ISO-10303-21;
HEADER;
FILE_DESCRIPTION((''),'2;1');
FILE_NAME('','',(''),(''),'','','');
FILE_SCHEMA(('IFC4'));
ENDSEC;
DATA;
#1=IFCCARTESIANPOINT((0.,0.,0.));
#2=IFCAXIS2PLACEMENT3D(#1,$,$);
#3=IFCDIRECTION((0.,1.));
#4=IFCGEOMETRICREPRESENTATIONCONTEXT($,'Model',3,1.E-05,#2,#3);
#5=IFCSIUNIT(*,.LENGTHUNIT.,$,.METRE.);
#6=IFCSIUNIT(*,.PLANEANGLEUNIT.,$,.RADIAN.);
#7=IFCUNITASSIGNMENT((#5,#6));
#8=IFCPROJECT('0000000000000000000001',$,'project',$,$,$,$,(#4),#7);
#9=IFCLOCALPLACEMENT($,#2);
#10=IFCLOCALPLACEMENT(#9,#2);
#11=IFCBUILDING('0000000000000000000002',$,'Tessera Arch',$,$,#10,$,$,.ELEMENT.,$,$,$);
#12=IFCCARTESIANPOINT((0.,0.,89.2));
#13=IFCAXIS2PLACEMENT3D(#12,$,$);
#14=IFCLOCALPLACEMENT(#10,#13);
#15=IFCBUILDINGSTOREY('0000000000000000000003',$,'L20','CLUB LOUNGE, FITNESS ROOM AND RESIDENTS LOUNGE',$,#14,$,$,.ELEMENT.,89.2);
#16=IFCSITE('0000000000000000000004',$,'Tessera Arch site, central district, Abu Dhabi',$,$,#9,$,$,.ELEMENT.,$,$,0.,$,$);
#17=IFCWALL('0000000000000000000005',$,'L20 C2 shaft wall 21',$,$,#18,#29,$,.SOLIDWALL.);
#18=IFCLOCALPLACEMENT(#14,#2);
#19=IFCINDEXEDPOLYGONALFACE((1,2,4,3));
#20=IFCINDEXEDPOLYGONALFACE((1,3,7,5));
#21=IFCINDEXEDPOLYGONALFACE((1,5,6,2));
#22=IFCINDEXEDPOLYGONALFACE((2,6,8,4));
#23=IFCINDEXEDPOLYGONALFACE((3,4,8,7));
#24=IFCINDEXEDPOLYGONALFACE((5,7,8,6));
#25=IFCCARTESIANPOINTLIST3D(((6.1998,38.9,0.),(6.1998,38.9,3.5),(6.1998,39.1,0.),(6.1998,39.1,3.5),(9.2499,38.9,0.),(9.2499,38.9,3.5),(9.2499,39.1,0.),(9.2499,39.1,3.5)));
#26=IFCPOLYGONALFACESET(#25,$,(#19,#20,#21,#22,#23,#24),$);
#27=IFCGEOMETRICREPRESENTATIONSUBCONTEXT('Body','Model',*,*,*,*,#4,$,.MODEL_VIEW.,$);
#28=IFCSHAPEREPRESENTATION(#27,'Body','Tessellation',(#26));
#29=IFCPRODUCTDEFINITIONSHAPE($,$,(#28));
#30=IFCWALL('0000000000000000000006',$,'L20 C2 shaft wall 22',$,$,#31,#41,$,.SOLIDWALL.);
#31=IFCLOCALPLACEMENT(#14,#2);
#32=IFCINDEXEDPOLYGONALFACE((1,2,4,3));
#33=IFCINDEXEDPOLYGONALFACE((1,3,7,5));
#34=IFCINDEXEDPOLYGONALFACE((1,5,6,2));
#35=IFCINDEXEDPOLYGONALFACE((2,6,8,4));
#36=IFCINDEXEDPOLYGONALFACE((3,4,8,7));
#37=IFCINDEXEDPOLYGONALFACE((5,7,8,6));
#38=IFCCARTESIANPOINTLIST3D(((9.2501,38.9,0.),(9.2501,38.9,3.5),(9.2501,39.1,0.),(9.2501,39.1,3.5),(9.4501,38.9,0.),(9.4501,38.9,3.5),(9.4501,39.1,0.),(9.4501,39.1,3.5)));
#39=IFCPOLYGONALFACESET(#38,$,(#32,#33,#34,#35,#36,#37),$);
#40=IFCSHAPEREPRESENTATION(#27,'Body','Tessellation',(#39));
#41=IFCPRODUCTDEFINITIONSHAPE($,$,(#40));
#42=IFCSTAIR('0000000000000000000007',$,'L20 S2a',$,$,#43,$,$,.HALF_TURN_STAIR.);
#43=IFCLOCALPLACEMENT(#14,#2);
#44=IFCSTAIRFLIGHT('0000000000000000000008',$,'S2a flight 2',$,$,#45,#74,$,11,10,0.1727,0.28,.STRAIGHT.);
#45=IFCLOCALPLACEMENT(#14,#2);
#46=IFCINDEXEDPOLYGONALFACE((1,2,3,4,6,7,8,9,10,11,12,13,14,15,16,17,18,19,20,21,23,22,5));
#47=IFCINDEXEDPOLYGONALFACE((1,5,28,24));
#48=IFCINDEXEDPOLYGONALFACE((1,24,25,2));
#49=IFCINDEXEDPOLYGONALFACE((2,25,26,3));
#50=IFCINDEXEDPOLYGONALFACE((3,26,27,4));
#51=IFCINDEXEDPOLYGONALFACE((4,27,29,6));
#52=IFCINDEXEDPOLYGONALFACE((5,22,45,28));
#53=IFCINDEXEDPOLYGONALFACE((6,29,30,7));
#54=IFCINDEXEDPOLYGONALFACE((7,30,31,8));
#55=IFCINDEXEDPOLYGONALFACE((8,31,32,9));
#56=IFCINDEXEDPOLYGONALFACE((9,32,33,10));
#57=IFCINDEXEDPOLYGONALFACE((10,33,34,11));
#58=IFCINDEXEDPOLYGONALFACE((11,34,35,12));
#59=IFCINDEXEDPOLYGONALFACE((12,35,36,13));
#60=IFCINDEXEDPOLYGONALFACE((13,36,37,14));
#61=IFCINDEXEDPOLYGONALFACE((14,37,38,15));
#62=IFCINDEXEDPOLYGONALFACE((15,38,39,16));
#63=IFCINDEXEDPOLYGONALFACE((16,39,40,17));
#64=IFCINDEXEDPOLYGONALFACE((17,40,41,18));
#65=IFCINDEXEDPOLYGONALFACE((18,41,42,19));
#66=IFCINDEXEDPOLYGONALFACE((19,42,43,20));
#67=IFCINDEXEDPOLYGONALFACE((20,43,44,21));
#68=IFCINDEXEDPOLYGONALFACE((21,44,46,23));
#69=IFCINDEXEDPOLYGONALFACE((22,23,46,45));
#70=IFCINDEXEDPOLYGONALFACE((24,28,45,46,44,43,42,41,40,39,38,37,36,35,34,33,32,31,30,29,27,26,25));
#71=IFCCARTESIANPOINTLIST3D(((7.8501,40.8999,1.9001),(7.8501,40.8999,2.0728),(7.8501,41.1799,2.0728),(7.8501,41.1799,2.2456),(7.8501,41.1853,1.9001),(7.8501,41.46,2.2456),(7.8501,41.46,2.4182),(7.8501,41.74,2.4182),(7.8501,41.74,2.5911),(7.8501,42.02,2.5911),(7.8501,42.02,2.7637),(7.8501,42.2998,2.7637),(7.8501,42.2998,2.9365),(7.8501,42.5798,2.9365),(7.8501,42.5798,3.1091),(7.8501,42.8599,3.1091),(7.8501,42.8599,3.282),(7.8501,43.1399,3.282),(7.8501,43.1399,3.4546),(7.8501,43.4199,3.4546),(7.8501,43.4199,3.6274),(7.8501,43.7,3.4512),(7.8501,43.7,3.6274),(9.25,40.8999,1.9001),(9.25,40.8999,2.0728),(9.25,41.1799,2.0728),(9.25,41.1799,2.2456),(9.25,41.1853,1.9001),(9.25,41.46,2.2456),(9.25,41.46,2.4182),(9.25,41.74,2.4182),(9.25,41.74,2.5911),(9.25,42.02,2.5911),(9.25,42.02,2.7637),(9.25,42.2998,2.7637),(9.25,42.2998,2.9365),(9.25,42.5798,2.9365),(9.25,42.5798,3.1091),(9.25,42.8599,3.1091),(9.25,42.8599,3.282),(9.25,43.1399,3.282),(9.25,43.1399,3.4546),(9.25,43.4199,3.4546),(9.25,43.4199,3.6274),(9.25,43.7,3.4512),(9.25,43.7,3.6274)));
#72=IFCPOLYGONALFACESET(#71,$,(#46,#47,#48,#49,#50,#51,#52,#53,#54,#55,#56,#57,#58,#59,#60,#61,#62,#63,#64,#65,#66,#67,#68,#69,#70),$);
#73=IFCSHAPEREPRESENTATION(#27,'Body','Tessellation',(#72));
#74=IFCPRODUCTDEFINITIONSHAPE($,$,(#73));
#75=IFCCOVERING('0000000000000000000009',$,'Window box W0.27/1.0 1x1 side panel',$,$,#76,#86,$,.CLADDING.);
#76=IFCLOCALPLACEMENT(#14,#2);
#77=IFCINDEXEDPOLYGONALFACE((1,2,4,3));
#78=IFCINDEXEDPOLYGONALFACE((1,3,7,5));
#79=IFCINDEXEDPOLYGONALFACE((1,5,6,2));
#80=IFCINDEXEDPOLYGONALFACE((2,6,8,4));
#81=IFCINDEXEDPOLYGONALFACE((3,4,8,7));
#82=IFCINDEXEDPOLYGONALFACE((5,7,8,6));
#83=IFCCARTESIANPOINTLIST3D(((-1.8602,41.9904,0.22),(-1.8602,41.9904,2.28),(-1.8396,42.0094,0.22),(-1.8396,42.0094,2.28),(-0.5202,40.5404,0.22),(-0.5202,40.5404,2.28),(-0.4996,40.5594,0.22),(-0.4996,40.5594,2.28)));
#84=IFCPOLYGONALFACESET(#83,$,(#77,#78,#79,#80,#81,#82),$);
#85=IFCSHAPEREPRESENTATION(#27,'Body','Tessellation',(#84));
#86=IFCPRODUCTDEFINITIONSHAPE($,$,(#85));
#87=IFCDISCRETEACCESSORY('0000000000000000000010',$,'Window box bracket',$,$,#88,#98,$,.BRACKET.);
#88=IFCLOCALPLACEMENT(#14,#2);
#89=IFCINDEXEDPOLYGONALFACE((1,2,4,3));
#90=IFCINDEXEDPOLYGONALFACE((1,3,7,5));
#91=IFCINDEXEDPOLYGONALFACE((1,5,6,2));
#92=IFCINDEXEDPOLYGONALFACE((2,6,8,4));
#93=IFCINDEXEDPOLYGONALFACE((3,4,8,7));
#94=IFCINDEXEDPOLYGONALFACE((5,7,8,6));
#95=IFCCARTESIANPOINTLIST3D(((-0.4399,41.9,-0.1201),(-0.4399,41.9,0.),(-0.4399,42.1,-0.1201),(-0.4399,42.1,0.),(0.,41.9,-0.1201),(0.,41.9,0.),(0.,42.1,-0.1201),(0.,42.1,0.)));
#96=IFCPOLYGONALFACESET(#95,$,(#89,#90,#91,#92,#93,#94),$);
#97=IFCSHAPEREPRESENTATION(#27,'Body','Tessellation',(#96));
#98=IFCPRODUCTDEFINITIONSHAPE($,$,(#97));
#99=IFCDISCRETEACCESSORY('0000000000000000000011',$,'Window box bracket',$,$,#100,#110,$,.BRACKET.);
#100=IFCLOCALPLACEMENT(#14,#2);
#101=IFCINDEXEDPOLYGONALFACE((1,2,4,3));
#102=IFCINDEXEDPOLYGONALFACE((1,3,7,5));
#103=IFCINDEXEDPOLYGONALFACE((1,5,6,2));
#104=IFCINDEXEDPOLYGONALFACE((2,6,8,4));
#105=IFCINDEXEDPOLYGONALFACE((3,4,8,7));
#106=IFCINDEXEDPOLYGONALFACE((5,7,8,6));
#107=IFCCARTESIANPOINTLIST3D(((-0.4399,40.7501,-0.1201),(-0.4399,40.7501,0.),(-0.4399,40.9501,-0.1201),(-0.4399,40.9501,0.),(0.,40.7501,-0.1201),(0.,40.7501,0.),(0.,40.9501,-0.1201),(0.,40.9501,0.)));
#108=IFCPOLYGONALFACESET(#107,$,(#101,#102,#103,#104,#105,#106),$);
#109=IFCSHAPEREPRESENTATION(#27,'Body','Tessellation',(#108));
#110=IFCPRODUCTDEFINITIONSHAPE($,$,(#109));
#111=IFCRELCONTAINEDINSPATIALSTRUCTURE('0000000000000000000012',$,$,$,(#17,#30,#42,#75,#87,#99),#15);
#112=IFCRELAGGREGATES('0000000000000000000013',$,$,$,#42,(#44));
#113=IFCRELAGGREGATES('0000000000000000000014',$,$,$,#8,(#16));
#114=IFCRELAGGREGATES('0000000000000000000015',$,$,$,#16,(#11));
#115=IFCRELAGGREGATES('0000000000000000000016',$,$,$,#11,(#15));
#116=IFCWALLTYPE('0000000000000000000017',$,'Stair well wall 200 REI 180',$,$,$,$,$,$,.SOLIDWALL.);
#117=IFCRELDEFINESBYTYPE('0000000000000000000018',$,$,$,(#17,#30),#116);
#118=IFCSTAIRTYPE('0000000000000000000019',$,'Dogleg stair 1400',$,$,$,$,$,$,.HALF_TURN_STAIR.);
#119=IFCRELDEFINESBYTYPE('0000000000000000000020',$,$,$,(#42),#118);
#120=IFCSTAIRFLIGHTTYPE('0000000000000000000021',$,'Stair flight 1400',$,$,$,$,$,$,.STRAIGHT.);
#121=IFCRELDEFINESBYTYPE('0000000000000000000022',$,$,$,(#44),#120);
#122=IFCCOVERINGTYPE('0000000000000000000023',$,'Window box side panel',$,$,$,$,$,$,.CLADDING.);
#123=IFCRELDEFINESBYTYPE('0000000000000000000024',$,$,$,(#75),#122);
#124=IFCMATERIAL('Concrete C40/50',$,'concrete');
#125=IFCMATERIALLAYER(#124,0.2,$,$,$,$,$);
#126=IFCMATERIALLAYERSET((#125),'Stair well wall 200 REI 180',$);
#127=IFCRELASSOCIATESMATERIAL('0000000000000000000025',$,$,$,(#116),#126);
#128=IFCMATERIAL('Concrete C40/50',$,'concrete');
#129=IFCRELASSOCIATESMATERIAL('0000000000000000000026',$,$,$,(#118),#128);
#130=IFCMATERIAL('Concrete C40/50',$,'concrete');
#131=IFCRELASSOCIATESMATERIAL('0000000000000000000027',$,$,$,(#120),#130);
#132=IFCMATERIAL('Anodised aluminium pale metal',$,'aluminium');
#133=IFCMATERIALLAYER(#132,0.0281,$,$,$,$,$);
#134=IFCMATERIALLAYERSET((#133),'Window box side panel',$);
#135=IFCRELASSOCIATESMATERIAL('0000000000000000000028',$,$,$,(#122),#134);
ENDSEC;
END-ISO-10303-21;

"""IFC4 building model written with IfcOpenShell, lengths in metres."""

from ifc_helpers import new_model, si_unit, direction, frame, frame_2d, origin, origin_2d, place, context, subcontext, project, spatial, polyline, rectangle, outline, extrude, material, layer, layer_set, type_object, element, aggregate, save


model = new_model("IFC4")

# Units and contexts
model_context = context("Model", 3, precision=1e-05, world=origin(), true_north=direction((0.0, 1.0)))
body_context = subcontext(model_context, "Body", "Model", "MODEL_VIEW")
ifc_project = project(units=[si_unit("LENGTHUNIT", "METRE"), si_unit("PLANEANGLEUNIT", "RADIAN")], contexts=[model_context])

# Site, building, storey
site_placement = place(None, origin())
site = spatial("IfcSite", under=ifc_project, at=site_placement, Name="Tessera Arch site, central district, Abu Dhabi", CompositionType="ELEMENT", RefElevation=0.0)
building_placement = place(site_placement, origin())
building = spatial("IfcBuilding", under=site, at=building_placement, Name="Tessera Arch", CompositionType="ELEMENT")
storey_placement = place(building_placement, frame((0.0, 0.0, 89.2)))
storey = spatial("IfcBuildingStorey", under=building, at=storey_placement, Name="L20", Description="CLUB LOUNGE, FITNESS ROOM AND RESIDENTS LOUNGE", CompositionType="ELEMENT", Elevation=89.2)

# Walls
ifc_material_1 = material(Name="Concrete C40/50", Category="concrete")
ifc_layer_1 = layer(ifc_material_1, 0.2)
ifc_layer_set_1 = layer_set([ifc_layer_1], Name="Stair well wall 200 REI 180")
wall_type_1 = type_object("IfcWallType", Name="Stair well wall 200 REI 180", PredefinedType="SOLIDWALL", material=ifc_layer_set_1)
wall_1_placement = place(storey_placement, frame((6.2, 39.0, 0.0), z_axis=(0.0, 0.0, 1.0), x_axis=(1.0, 0.0, 0.0)))
element("IfcWall", 1, at=wall_1_placement, inside=storey, type_object=wall_type_1, Name="L20 C2 shaft wall 21", PredefinedType="SOLIDWALL", context=body_context, shape_type="SweptSolid", body=[
    extrude(rectangle(XDim=3.05, YDim=0.2, at=frame_2d((1.5249, 0.0))), origin(), (0.0, 0.0, 1.0), 3.5),
])
wall_2_placement = place(storey_placement, frame((9.25, 39.0, 0.0), z_axis=(0.0, 0.0, 1.0), x_axis=(1.0, 0.0, 0.0)))
element("IfcWall", 2, at=wall_2_placement, inside=storey, type_object=wall_type_1, Name="L20 C2 shaft wall 22", PredefinedType="SOLIDWALL", context=body_context, shape_type="SweptSolid", body=[
    extrude(rectangle(XDim=0.2, YDim=0.2, at=frame_2d((0.1001, 0.0))), origin(), (0.0, 0.0, 1.0), 3.5),
])

# Stair, stair flight
ifc_material_2 = material(Name="Concrete C40/50", Category="concrete")
stair_type = type_object("IfcStairType", Name="Dogleg stair 1400", PredefinedType="HALF_TURN_STAIR", material=ifc_material_2)
stair_placement = place(storey_placement, origin())
stair = element("IfcStair", 3, at=stair_placement, inside=storey, type_object=stair_type, Name="L20 S2a", PredefinedType="HALF_TURN_STAIR")
ifc_material_3 = material(Name="Concrete C40/50", Category="concrete")
stair_flight_type = type_object("IfcStairFlightType", Name="Stair flight 1400", PredefinedType="STRAIGHT", material=ifc_material_3)
stair_flight_placement = place(storey_placement, frame((8.55, 40.8999, 1.9001), z_axis=(0.0, 0.0, 1.0), x_axis=(0.0, 1.0, 0.0)))
stair_flight = element("IfcStairFlight", 4, at=stair_flight_placement, type_object=stair_flight_type, Name="S2a flight 2", NumberOfRisers=11, NumberOfTreads=10, PredefinedType="STRAIGHT", RiserHeight=0.1727, TreadLength=0.28, context=body_context, shape_type="SweptSolid", body=[
    extrude(outline(polyline([(0.0, 0.0), (0.0, 0.1726), (0.28, 0.1726), (0.28, 0.3455), (0.5601, 0.3455), (0.5601, 0.5181), (0.8401, 0.5181), (0.8401, 0.6909), (1.1201, 0.6909), (1.1201, 0.8635), (1.3999, 0.8635), (1.3999, 1.0364), (1.6799, 1.0364), (1.6799, 1.209), (1.96, 1.209), (1.96, 1.3818), (2.24, 1.3818), (2.24, 1.5544), (2.52, 1.5544), (2.52, 1.7273), (2.8, 1.7273), (2.8, 1.8999), (2.8, 1.551), (0.2854, 0.0), (0.0, 0.0)])), frame((0.0, 0.7, 0.0), z_axis=(0.0, -1.0, 0.0), x_axis=(1.0, 0.0, 0.0)), (0.0, 0.0, 1.0), 1.3999),
])
aggregate(stair, [stair_flight])

# Covering
ifc_material_4 = material(Name="Anodised aluminium pale metal", Category="aluminium")
ifc_layer_2 = layer(ifc_material_4, 0.0281)
ifc_layer_set_2 = layer_set([ifc_layer_2], Name="Window box side panel")
covering_type = type_object("IfcCoveringType", Name="Window box side panel", PredefinedType="CLADDING", material=ifc_layer_set_2)
covering_placement = place(storey_placement, frame((-1.1799, 41.2749, 0.22), z_axis=(0.0, 0.0, 1.0), x_axis=(-0.678701, 0.734415, 0.0)))
element("IfcCovering", 5, at=covering_placement, inside=storey, type_object=covering_type, Name="Window box W0.27/1.0 1x1 side panel", PredefinedType="CLADDING", context=body_context, shape_type="SweptSolid", body=[
    extrude(rectangle(XDim=1.9744, YDim=0.0281, at=origin_2d()), origin(), (0.0, 0.0, 1.0), 2.0601),
])

# Discrete accessories
for number, where, z_axis, x_axis, name in (
    (6, (-0.22, 42.0, -0.1201), (0.0, 0.0, 1.0), (-1.0, 0.0, 0.0), "Window box bracket"),
    (7, (-0.22, 40.8501, -0.1201), (0.0, 0.0, 1.0), (-1.0, 0.0, 0.0), "Window box bracket"),
):
    element("IfcDiscreteAccessory", number, at=place(storey_placement, frame(where, z_axis=z_axis, x_axis=x_axis)), inside=storey, Name=name, PredefinedType="BRACKET", context=body_context, shape_type="SweptSolid", body=[
        extrude(rectangle(XDim=0.4399, YDim=0.2, at=origin_2d()), origin(), (0.0, 0.0, 1.0), 0.1201),
    ])

save(model, "model.ifc")
